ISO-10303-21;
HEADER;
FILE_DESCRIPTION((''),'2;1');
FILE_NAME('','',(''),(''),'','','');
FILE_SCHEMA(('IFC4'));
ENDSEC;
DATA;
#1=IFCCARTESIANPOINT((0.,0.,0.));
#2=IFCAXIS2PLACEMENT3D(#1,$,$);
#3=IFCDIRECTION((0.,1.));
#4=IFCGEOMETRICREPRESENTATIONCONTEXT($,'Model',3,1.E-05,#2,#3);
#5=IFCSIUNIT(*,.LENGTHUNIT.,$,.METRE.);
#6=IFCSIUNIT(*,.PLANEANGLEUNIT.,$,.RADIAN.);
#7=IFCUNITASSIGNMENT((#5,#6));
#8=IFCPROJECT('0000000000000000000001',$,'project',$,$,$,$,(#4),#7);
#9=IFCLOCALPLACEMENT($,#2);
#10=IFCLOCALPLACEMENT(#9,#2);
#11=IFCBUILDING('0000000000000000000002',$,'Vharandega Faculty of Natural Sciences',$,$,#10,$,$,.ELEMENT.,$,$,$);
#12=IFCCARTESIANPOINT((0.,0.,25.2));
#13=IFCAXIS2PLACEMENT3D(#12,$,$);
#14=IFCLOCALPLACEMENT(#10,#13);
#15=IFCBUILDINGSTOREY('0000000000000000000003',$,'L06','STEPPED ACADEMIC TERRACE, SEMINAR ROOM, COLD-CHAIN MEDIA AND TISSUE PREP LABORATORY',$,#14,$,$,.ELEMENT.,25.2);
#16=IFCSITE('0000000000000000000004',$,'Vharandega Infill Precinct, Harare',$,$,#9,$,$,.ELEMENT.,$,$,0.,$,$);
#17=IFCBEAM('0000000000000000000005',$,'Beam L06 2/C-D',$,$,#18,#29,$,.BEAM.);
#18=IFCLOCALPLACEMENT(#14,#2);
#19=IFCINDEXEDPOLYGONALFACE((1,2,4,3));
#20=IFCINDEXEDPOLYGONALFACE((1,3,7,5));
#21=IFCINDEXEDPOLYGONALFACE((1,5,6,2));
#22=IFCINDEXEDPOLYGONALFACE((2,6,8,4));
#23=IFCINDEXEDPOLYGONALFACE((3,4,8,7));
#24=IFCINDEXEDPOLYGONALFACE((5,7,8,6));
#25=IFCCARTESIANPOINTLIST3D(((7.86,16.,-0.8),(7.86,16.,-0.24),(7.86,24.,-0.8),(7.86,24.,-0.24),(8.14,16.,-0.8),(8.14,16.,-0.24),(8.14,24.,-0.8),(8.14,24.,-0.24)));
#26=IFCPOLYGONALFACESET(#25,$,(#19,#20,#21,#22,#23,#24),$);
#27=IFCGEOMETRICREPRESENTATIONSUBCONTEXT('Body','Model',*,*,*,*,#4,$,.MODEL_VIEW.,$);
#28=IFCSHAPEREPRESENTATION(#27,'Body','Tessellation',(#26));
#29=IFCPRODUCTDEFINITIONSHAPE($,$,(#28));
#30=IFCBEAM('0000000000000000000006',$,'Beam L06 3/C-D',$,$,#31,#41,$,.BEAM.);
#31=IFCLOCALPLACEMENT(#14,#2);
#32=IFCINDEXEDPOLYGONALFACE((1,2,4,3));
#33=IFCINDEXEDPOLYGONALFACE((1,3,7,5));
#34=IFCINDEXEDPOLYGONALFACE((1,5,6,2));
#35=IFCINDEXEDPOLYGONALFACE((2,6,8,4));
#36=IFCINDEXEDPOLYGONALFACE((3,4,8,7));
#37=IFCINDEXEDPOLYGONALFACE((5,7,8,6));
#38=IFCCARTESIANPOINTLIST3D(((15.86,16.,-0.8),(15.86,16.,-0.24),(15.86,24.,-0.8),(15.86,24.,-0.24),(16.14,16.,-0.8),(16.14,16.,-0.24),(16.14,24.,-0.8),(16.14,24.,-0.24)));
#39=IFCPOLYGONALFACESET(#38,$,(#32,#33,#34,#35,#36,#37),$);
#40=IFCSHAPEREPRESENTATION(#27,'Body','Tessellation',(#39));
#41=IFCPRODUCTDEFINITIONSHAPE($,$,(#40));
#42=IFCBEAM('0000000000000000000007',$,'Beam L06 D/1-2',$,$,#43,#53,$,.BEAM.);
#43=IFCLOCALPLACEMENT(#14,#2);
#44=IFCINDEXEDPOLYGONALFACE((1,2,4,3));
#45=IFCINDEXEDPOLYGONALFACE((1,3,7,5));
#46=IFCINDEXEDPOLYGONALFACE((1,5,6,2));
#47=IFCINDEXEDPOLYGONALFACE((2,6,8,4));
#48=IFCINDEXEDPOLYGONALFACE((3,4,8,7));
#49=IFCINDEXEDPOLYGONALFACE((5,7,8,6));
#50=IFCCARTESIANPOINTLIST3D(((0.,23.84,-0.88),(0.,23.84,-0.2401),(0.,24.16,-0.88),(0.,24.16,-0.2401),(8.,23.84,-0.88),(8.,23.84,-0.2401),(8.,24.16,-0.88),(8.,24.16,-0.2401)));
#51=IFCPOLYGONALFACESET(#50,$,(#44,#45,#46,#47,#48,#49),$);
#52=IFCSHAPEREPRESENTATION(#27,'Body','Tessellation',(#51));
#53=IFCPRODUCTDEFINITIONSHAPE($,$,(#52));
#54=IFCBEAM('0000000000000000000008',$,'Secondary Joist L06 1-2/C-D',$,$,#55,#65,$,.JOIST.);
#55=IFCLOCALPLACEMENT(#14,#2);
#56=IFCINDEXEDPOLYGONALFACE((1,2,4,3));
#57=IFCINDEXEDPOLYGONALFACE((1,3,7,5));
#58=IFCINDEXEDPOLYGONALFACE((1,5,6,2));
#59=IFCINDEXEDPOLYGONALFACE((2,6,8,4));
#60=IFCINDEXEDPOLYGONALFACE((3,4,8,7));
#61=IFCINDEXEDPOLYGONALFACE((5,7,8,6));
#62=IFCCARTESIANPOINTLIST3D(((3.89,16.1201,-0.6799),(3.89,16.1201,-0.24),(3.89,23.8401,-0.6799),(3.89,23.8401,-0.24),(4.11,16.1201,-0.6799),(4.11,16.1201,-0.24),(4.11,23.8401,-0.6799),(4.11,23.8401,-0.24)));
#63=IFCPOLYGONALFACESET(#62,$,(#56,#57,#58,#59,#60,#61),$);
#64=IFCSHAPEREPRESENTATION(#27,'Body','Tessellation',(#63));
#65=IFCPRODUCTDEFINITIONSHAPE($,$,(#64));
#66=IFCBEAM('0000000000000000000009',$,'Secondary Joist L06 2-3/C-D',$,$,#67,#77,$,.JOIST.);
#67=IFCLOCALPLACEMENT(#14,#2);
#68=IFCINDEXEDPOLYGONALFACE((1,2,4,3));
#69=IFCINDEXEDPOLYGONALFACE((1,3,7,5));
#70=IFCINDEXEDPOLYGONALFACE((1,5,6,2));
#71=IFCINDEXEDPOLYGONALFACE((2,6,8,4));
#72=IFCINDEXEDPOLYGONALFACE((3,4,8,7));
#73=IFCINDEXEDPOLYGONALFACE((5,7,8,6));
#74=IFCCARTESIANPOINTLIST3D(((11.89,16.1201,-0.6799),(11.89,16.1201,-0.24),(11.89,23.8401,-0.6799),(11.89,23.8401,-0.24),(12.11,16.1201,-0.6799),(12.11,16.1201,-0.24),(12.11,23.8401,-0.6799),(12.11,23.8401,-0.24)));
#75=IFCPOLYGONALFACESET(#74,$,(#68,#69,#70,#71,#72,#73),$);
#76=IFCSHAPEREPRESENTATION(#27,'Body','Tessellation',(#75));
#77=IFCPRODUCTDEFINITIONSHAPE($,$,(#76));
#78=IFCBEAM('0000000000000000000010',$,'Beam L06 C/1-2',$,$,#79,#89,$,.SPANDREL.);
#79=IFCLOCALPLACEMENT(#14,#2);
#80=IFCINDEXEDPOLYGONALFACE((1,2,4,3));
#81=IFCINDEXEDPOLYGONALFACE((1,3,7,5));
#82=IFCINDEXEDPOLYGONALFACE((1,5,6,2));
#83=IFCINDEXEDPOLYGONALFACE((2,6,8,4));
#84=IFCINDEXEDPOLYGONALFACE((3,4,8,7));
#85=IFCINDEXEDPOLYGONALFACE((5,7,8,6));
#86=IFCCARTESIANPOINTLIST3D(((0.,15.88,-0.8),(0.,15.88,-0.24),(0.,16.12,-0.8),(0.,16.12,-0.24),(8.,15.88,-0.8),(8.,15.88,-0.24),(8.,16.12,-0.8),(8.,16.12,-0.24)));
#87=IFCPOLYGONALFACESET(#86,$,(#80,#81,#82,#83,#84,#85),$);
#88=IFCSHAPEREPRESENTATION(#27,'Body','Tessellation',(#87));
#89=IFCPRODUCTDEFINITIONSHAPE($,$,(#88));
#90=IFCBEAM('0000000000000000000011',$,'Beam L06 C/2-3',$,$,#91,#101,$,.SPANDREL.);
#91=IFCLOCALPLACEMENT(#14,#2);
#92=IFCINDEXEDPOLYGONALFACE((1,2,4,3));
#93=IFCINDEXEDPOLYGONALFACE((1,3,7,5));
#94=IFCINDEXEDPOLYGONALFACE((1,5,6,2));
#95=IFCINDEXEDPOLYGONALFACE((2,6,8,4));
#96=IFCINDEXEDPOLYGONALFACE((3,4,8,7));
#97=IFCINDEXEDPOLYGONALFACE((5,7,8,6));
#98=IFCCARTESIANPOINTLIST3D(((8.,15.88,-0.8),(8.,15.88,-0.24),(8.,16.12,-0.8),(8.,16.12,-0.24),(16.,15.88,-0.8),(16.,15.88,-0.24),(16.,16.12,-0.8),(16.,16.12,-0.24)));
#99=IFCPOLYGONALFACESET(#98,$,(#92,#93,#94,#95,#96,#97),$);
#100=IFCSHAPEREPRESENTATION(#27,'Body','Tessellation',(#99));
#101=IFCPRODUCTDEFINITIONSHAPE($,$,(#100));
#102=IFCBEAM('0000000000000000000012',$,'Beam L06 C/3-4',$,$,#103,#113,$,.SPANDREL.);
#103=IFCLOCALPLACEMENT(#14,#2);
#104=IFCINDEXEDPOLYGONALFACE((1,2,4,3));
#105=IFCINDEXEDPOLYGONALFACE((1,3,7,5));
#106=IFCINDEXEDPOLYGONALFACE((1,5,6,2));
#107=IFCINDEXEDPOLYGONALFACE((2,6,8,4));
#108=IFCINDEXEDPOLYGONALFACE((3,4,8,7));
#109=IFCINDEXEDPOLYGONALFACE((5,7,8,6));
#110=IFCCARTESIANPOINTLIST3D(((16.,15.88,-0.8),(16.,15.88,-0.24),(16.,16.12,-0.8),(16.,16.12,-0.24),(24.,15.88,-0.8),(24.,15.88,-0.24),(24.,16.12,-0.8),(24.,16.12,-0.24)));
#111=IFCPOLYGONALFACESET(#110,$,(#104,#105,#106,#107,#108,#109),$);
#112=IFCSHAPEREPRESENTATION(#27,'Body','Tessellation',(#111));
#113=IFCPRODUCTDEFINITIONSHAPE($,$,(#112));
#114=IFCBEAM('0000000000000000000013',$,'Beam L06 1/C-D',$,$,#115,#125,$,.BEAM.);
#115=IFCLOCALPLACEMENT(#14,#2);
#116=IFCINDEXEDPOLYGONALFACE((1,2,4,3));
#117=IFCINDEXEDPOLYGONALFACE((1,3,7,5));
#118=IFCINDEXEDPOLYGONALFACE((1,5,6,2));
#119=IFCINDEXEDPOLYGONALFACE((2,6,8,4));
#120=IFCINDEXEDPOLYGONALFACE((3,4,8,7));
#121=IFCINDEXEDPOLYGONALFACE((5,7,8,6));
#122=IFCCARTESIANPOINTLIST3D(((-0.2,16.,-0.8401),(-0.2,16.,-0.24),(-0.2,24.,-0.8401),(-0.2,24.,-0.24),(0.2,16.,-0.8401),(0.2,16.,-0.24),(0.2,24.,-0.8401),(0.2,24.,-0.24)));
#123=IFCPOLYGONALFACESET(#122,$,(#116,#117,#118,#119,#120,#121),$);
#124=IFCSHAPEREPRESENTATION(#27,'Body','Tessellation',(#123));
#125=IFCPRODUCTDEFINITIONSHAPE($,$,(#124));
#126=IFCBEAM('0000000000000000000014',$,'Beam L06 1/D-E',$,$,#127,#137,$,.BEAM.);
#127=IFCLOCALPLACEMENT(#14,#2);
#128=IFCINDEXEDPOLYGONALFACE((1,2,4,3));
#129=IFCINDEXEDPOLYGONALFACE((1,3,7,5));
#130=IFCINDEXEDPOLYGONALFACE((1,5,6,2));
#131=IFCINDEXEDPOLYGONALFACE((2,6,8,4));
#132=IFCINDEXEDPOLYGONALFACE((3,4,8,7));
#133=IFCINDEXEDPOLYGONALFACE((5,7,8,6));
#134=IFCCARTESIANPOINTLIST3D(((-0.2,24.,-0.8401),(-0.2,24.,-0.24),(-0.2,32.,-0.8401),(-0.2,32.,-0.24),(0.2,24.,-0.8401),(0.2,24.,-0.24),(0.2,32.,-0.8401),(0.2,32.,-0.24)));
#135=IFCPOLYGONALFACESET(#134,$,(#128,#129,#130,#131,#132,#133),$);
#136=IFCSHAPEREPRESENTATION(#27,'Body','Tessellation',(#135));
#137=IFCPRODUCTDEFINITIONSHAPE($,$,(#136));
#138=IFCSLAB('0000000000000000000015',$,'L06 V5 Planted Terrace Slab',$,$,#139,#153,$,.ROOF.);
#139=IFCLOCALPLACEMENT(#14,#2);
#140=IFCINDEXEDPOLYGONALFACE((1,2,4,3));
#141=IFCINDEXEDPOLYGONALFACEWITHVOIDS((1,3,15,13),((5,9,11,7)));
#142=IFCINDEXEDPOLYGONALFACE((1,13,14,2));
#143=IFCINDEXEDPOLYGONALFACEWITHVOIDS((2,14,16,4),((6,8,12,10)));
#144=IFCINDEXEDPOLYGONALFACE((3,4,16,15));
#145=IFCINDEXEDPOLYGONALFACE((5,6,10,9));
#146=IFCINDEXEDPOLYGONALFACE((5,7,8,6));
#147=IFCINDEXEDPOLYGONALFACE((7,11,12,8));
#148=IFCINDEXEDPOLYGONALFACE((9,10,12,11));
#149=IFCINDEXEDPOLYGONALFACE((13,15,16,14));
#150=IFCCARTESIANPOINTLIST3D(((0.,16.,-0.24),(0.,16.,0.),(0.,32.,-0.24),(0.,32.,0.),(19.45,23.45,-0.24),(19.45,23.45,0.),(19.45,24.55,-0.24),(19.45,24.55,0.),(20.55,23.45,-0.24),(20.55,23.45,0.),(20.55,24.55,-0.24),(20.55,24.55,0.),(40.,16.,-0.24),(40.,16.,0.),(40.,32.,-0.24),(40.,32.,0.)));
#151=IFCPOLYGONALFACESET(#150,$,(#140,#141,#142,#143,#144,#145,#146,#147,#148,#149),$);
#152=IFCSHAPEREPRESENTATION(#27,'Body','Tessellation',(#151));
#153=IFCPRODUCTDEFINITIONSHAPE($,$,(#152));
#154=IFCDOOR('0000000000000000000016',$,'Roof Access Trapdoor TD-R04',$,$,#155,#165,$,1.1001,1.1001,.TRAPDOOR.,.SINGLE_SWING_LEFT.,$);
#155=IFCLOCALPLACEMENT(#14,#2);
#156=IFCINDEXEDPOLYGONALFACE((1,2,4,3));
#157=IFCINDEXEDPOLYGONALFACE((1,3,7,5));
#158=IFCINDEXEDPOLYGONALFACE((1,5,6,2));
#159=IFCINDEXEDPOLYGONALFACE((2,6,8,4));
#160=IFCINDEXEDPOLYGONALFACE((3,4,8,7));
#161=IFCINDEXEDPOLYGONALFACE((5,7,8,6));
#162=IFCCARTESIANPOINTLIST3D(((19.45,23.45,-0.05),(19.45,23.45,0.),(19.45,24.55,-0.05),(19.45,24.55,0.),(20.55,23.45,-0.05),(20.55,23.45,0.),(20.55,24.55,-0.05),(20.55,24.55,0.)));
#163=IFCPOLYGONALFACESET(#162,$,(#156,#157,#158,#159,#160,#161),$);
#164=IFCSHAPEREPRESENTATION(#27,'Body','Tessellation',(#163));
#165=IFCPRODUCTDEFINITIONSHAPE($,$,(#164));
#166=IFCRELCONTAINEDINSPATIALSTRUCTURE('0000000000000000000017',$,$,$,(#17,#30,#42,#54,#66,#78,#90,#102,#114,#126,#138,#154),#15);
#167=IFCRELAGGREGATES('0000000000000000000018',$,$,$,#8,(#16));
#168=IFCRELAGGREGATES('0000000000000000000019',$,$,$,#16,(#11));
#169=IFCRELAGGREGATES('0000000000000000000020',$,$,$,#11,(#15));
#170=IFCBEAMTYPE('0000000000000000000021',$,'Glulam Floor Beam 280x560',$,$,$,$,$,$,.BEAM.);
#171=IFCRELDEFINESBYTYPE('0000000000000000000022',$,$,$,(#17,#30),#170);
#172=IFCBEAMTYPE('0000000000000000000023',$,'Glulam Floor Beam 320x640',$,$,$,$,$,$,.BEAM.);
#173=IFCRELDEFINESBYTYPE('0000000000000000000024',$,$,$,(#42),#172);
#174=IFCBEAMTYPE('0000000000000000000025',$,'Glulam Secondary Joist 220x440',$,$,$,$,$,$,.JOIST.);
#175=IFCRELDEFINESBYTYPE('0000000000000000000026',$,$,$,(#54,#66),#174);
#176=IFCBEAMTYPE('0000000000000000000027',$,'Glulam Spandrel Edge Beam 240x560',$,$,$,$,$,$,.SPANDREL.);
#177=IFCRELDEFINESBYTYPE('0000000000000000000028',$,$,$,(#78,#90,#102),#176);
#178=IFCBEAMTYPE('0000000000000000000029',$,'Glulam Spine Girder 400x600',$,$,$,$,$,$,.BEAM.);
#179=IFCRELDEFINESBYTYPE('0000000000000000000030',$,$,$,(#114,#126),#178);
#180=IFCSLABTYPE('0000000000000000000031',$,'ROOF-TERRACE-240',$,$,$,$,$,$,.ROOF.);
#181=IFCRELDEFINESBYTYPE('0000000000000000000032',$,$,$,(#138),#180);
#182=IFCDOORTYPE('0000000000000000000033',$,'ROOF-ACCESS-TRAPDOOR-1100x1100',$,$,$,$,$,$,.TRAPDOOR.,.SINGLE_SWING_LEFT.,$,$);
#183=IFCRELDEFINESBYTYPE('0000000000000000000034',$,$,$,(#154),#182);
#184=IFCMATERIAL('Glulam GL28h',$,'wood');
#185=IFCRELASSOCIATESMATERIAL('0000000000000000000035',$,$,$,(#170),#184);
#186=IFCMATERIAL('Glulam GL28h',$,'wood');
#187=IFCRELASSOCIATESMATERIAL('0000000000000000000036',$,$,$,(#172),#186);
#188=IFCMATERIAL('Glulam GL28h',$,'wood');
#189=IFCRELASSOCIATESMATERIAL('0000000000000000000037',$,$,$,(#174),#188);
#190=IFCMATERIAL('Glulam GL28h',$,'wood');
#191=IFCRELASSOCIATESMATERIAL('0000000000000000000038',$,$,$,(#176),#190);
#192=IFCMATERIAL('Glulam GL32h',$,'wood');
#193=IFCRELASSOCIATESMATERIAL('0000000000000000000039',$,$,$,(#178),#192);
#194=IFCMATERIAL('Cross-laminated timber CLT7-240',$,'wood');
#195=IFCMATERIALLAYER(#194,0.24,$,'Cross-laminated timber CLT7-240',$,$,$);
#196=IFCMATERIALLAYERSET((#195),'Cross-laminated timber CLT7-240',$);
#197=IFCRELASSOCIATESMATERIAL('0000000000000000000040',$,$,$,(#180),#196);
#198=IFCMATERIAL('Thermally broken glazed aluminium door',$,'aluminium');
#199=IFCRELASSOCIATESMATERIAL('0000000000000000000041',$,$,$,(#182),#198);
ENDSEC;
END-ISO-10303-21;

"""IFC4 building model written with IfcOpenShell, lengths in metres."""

from ifc_helpers import new_model, si_unit, direction, frame, origin, origin_2d, place, context, subcontext, project, spatial, polyline, rectangle, outline, extrude, material, layer, layer_set, material_profile, profile_set, type_object, element, fill, save


model = new_model("IFC4")

# Units and contexts
model_context = context("Model", 3, precision=1e-05, world=origin(), true_north=direction((0.0, 1.0)))
body_context = subcontext(model_context, "Body", "Model", "MODEL_VIEW")
ifc_project = project(units=[si_unit("LENGTHUNIT", "METRE"), si_unit("PLANEANGLEUNIT", "RADIAN")], contexts=[model_context])

# Site, building, storey
site_placement = place(None, origin())
site = spatial("IfcSite", under=ifc_project, at=site_placement, Name="Vharandega Infill Precinct, Harare", CompositionType="ELEMENT", RefElevation=0.0)
building_placement = place(site_placement, origin())
building = spatial("IfcBuilding", under=site, at=building_placement, Name="Vharandega Faculty of Natural Sciences", CompositionType="ELEMENT")
storey_placement = place(building_placement, frame((0.0, 0.0, 25.2)))
storey = spatial("IfcBuildingStorey", under=building, at=storey_placement, Name="L06", Description="STEPPED ACADEMIC TERRACE, SEMINAR ROOM, COLD-CHAIN MEDIA AND TISSUE PREP LABORATORY", CompositionType="ELEMENT", Elevation=25.2)

# Beams
ifc_material_1 = material(Name="Glulam GL28h", Category="wood")
ifc_material_profile_1 = material_profile(ifc_material_1, rectangle(XDim=0.28, YDim=0.5601, at=origin_2d()), Name="GL28h 280x560")
ifc_profile_set_1 = profile_set([ifc_material_profile_1], Name="Glulam GL28h")
beam_type_1 = type_object("IfcBeamType", Name="Glulam Floor Beam 280x560", PredefinedType="BEAM", material=ifc_profile_set_1)
for number, where, z_axis, x_axis, name in (
    (1, (8.0, 16.0, -0.52), (0.0, 1.0, 0.0), (-1.0, 0.0, 0.0), "Beam L06 2/C-D"),
    (2, (16.0, 16.0, -0.52), (0.0, 1.0, 0.0), (-1.0, 0.0, 0.0), "Beam L06 3/C-D"),
):
    element("IfcBeam", number, at=place(storey_placement, frame(where, z_axis=z_axis, x_axis=x_axis)), inside=storey, type_object=beam_type_1, Name=name, PredefinedType="BEAM", context=body_context, shape_type="SweptSolid", body=[
        extrude(rectangle(XDim=0.28, YDim=0.5601, at=origin_2d()), origin(), (0.0, 0.0, 1.0), 8.0),
    ])
ifc_material_2 = material(Name="Glulam GL28h", Category="wood")
ifc_material_profile_2 = material_profile(ifc_material_2, rectangle(XDim=0.3201, YDim=0.6399, at=origin_2d()), Name="GL28h 320x640")
ifc_profile_set_2 = profile_set([ifc_material_profile_2], Name="Glulam GL28h")
beam_type_2 = type_object("IfcBeamType", Name="Glulam Floor Beam 320x640", PredefinedType="BEAM", material=ifc_profile_set_2)
beam_placement = place(storey_placement, frame((0.0, 24.0, -0.5601), z_axis=(1.0, 0.0, 0.0), x_axis=(0.0, 1.0, 0.0)))
element("IfcBeam", 3, at=beam_placement, inside=storey, type_object=beam_type_2, Name="Beam L06 D/1-2", PredefinedType="BEAM", context=body_context, shape_type="SweptSolid", body=[
    extrude(rectangle(XDim=0.3201, YDim=0.6399, at=origin_2d()), origin(), (0.0, 0.0, 1.0), 8.0),
])
ifc_material_3 = material(Name="Glulam GL28h", Category="wood")
ifc_material_profile_3 = material_profile(ifc_material_3, rectangle(XDim=0.22, YDim=0.4399, at=origin_2d()), Name="GL28h 220x440")
ifc_profile_set_3 = profile_set([ifc_material_profile_3], Name="Glulam GL28h")
beam_type_3 = type_object("IfcBeamType", Name="Glulam Secondary Joist 220x440", PredefinedType="JOIST", material=ifc_profile_set_3)
for number, where, z_axis, x_axis, name in (
    (4, (4.0, 16.1201, -0.46), (0.0, 1.0, 0.0), (-1.0, 0.0, 0.0), "Secondary Joist L06 1-2/C-D"),
    (5, (12.0, 16.1201, -0.46), (0.0, 1.0, 0.0), (-1.0, 0.0, 0.0), "Secondary Joist L06 2-3/C-D"),
):
    element("IfcBeam", number, at=place(storey_placement, frame(where, z_axis=z_axis, x_axis=x_axis)), inside=storey, type_object=beam_type_3, Name=name, PredefinedType="JOIST", context=body_context, shape_type="SweptSolid", body=[
        extrude(rectangle(XDim=0.22, YDim=0.4399, at=origin_2d()), origin(), (0.0, 0.0, 1.0), 7.72),
    ])
ifc_material_4 = material(Name="Glulam GL28h", Category="wood")
ifc_material_profile_4 = material_profile(ifc_material_4, rectangle(XDim=0.24, YDim=0.5601, at=origin_2d()), Name="GL28h 240x560")
ifc_profile_set_4 = profile_set([ifc_material_profile_4], Name="Glulam GL28h")
beam_type_4 = type_object("IfcBeamType", Name="Glulam Spandrel Edge Beam 240x560", PredefinedType="SPANDREL", material=ifc_profile_set_4)
for number, where, z_axis, x_axis, name in (
    (6, (0.0, 16.0, -0.52), (1.0, 0.0, 0.0), (0.0, 1.0, 0.0), "Beam L06 C/1-2"),
    (7, (8.0, 16.0, -0.52), (1.0, 0.0, 0.0), (0.0, 1.0, 0.0), "Beam L06 C/2-3"),
    (8, (16.0, 16.0, -0.52), (1.0, 0.0, 0.0), (0.0, 1.0, 0.0), "Beam L06 C/3-4"),
):
    element("IfcBeam", number, at=place(storey_placement, frame(where, z_axis=z_axis, x_axis=x_axis)), inside=storey, type_object=beam_type_4, Name=name, PredefinedType="SPANDREL", context=body_context, shape_type="SweptSolid", body=[
        extrude(rectangle(XDim=0.24, YDim=0.5601, at=origin_2d()), origin(), (0.0, 0.0, 1.0), 8.0),
    ])
ifc_material_5 = material(Name="Glulam GL32h", Category="wood")
ifc_material_profile_5 = material_profile(ifc_material_5, rectangle(XDim=0.3999, YDim=0.6001, at=origin_2d()), Name="GL32h 400x600")
ifc_profile_set_5 = profile_set([ifc_material_profile_5], Name="Glulam GL32h")
beam_type_5 = type_object("IfcBeamType", Name="Glulam Spine Girder 400x600", PredefinedType="BEAM", material=ifc_profile_set_5)
for number, where, z_axis, x_axis, name in (
    (9, (0.0, 16.0, -0.54), (0.0, 1.0, 0.0), (-1.0, 0.0, 0.0), "Beam L06 1/C-D"),
    (10, (0.0, 24.0, -0.54), (0.0, 1.0, 0.0), (-1.0, 0.0, 0.0), "Beam L06 1/D-E"),
):
    element("IfcBeam", number, at=place(storey_placement, frame(where, z_axis=z_axis, x_axis=x_axis)), inside=storey, type_object=beam_type_5, Name=name, PredefinedType="BEAM", context=body_context, shape_type="SweptSolid", body=[
        extrude(rectangle(XDim=0.3999, YDim=0.6001, at=origin_2d()), origin(), (0.0, 0.0, 1.0), 8.0),
    ])

# Slab, opening, door
ifc_material_6 = material(Name="Cross-laminated timber CLT7-240", Category="wood")
ifc_layer_1 = layer(ifc_material_6, 0.24, Name="Cross-laminated timber CLT7-240")
ifc_layer_set_1 = layer_set([ifc_layer_1], Name="Cross-laminated timber CLT7-240")
slab_type_1 = type_object("IfcSlabType", Name="ROOF-TERRACE-240", PredefinedType="ROOF", material=ifc_layer_set_1)
slab_1_placement = place(storey_placement, frame((0.0, 0.0, -0.24)))
slab_1 = element("IfcSlab", 11, at=slab_1_placement, inside=storey, type_object=slab_type_1, Name="L06 V5 Planted Terrace Slab", PredefinedType="ROOF", context=body_context, shape_type="SweptSolid", body=[
    extrude(outline(polyline([(0.0, 16.0), (40.0, 16.0), (40.0, 32.0), (0.0, 32.0), (0.0, 16.0)]), holes=[polyline([(19.45, 23.45), (20.55, 23.45), (20.55, 24.55), (19.45, 24.55), (19.45, 23.45)])]), origin(), (0.0, 0.0, 1.0), 0.24),
])
opening_placement = place(slab_1_placement, frame((20.0, 24.0, 0.0)))
opening = element("IfcOpeningElement", 12, at=opening_placement, cuts=slab_1, PredefinedType="OPENING", context=body_context, shape_type="SweptSolid", body=[
    extrude(rectangle(XDim=1.1001, YDim=1.1001, at=origin_2d()), origin(), (0.0, 0.0, 1.0), 0.24),
])
ifc_material_7 = material(Name="Thermally broken glazed aluminium door", Category="aluminium")
door_type = type_object("IfcDoorType", Name="ROOF-ACCESS-TRAPDOOR-1100x1100", OperationType="SINGLE_SWING_LEFT", PredefinedType="TRAPDOOR", material=ifc_material_7)
door_placement = place(opening_placement, frame((0.0, 0.0, 0.1899)))
door = element("IfcDoor", 13, at=door_placement, inside=storey, type_object=door_type, Name="Roof Access Trapdoor TD-R04", OperationType="SINGLE_SWING_LEFT", OverallHeight=1.1001, OverallWidth=1.1001, PredefinedType="TRAPDOOR", context=body_context, shape_type="SweptSolid", body=[
    extrude(rectangle(XDim=1.1001, YDim=1.1001, at=origin_2d()), origin(), (0.0, 0.0, 1.0), 0.05),
])
fill(opening, door)

save(model, "model.ifc")
